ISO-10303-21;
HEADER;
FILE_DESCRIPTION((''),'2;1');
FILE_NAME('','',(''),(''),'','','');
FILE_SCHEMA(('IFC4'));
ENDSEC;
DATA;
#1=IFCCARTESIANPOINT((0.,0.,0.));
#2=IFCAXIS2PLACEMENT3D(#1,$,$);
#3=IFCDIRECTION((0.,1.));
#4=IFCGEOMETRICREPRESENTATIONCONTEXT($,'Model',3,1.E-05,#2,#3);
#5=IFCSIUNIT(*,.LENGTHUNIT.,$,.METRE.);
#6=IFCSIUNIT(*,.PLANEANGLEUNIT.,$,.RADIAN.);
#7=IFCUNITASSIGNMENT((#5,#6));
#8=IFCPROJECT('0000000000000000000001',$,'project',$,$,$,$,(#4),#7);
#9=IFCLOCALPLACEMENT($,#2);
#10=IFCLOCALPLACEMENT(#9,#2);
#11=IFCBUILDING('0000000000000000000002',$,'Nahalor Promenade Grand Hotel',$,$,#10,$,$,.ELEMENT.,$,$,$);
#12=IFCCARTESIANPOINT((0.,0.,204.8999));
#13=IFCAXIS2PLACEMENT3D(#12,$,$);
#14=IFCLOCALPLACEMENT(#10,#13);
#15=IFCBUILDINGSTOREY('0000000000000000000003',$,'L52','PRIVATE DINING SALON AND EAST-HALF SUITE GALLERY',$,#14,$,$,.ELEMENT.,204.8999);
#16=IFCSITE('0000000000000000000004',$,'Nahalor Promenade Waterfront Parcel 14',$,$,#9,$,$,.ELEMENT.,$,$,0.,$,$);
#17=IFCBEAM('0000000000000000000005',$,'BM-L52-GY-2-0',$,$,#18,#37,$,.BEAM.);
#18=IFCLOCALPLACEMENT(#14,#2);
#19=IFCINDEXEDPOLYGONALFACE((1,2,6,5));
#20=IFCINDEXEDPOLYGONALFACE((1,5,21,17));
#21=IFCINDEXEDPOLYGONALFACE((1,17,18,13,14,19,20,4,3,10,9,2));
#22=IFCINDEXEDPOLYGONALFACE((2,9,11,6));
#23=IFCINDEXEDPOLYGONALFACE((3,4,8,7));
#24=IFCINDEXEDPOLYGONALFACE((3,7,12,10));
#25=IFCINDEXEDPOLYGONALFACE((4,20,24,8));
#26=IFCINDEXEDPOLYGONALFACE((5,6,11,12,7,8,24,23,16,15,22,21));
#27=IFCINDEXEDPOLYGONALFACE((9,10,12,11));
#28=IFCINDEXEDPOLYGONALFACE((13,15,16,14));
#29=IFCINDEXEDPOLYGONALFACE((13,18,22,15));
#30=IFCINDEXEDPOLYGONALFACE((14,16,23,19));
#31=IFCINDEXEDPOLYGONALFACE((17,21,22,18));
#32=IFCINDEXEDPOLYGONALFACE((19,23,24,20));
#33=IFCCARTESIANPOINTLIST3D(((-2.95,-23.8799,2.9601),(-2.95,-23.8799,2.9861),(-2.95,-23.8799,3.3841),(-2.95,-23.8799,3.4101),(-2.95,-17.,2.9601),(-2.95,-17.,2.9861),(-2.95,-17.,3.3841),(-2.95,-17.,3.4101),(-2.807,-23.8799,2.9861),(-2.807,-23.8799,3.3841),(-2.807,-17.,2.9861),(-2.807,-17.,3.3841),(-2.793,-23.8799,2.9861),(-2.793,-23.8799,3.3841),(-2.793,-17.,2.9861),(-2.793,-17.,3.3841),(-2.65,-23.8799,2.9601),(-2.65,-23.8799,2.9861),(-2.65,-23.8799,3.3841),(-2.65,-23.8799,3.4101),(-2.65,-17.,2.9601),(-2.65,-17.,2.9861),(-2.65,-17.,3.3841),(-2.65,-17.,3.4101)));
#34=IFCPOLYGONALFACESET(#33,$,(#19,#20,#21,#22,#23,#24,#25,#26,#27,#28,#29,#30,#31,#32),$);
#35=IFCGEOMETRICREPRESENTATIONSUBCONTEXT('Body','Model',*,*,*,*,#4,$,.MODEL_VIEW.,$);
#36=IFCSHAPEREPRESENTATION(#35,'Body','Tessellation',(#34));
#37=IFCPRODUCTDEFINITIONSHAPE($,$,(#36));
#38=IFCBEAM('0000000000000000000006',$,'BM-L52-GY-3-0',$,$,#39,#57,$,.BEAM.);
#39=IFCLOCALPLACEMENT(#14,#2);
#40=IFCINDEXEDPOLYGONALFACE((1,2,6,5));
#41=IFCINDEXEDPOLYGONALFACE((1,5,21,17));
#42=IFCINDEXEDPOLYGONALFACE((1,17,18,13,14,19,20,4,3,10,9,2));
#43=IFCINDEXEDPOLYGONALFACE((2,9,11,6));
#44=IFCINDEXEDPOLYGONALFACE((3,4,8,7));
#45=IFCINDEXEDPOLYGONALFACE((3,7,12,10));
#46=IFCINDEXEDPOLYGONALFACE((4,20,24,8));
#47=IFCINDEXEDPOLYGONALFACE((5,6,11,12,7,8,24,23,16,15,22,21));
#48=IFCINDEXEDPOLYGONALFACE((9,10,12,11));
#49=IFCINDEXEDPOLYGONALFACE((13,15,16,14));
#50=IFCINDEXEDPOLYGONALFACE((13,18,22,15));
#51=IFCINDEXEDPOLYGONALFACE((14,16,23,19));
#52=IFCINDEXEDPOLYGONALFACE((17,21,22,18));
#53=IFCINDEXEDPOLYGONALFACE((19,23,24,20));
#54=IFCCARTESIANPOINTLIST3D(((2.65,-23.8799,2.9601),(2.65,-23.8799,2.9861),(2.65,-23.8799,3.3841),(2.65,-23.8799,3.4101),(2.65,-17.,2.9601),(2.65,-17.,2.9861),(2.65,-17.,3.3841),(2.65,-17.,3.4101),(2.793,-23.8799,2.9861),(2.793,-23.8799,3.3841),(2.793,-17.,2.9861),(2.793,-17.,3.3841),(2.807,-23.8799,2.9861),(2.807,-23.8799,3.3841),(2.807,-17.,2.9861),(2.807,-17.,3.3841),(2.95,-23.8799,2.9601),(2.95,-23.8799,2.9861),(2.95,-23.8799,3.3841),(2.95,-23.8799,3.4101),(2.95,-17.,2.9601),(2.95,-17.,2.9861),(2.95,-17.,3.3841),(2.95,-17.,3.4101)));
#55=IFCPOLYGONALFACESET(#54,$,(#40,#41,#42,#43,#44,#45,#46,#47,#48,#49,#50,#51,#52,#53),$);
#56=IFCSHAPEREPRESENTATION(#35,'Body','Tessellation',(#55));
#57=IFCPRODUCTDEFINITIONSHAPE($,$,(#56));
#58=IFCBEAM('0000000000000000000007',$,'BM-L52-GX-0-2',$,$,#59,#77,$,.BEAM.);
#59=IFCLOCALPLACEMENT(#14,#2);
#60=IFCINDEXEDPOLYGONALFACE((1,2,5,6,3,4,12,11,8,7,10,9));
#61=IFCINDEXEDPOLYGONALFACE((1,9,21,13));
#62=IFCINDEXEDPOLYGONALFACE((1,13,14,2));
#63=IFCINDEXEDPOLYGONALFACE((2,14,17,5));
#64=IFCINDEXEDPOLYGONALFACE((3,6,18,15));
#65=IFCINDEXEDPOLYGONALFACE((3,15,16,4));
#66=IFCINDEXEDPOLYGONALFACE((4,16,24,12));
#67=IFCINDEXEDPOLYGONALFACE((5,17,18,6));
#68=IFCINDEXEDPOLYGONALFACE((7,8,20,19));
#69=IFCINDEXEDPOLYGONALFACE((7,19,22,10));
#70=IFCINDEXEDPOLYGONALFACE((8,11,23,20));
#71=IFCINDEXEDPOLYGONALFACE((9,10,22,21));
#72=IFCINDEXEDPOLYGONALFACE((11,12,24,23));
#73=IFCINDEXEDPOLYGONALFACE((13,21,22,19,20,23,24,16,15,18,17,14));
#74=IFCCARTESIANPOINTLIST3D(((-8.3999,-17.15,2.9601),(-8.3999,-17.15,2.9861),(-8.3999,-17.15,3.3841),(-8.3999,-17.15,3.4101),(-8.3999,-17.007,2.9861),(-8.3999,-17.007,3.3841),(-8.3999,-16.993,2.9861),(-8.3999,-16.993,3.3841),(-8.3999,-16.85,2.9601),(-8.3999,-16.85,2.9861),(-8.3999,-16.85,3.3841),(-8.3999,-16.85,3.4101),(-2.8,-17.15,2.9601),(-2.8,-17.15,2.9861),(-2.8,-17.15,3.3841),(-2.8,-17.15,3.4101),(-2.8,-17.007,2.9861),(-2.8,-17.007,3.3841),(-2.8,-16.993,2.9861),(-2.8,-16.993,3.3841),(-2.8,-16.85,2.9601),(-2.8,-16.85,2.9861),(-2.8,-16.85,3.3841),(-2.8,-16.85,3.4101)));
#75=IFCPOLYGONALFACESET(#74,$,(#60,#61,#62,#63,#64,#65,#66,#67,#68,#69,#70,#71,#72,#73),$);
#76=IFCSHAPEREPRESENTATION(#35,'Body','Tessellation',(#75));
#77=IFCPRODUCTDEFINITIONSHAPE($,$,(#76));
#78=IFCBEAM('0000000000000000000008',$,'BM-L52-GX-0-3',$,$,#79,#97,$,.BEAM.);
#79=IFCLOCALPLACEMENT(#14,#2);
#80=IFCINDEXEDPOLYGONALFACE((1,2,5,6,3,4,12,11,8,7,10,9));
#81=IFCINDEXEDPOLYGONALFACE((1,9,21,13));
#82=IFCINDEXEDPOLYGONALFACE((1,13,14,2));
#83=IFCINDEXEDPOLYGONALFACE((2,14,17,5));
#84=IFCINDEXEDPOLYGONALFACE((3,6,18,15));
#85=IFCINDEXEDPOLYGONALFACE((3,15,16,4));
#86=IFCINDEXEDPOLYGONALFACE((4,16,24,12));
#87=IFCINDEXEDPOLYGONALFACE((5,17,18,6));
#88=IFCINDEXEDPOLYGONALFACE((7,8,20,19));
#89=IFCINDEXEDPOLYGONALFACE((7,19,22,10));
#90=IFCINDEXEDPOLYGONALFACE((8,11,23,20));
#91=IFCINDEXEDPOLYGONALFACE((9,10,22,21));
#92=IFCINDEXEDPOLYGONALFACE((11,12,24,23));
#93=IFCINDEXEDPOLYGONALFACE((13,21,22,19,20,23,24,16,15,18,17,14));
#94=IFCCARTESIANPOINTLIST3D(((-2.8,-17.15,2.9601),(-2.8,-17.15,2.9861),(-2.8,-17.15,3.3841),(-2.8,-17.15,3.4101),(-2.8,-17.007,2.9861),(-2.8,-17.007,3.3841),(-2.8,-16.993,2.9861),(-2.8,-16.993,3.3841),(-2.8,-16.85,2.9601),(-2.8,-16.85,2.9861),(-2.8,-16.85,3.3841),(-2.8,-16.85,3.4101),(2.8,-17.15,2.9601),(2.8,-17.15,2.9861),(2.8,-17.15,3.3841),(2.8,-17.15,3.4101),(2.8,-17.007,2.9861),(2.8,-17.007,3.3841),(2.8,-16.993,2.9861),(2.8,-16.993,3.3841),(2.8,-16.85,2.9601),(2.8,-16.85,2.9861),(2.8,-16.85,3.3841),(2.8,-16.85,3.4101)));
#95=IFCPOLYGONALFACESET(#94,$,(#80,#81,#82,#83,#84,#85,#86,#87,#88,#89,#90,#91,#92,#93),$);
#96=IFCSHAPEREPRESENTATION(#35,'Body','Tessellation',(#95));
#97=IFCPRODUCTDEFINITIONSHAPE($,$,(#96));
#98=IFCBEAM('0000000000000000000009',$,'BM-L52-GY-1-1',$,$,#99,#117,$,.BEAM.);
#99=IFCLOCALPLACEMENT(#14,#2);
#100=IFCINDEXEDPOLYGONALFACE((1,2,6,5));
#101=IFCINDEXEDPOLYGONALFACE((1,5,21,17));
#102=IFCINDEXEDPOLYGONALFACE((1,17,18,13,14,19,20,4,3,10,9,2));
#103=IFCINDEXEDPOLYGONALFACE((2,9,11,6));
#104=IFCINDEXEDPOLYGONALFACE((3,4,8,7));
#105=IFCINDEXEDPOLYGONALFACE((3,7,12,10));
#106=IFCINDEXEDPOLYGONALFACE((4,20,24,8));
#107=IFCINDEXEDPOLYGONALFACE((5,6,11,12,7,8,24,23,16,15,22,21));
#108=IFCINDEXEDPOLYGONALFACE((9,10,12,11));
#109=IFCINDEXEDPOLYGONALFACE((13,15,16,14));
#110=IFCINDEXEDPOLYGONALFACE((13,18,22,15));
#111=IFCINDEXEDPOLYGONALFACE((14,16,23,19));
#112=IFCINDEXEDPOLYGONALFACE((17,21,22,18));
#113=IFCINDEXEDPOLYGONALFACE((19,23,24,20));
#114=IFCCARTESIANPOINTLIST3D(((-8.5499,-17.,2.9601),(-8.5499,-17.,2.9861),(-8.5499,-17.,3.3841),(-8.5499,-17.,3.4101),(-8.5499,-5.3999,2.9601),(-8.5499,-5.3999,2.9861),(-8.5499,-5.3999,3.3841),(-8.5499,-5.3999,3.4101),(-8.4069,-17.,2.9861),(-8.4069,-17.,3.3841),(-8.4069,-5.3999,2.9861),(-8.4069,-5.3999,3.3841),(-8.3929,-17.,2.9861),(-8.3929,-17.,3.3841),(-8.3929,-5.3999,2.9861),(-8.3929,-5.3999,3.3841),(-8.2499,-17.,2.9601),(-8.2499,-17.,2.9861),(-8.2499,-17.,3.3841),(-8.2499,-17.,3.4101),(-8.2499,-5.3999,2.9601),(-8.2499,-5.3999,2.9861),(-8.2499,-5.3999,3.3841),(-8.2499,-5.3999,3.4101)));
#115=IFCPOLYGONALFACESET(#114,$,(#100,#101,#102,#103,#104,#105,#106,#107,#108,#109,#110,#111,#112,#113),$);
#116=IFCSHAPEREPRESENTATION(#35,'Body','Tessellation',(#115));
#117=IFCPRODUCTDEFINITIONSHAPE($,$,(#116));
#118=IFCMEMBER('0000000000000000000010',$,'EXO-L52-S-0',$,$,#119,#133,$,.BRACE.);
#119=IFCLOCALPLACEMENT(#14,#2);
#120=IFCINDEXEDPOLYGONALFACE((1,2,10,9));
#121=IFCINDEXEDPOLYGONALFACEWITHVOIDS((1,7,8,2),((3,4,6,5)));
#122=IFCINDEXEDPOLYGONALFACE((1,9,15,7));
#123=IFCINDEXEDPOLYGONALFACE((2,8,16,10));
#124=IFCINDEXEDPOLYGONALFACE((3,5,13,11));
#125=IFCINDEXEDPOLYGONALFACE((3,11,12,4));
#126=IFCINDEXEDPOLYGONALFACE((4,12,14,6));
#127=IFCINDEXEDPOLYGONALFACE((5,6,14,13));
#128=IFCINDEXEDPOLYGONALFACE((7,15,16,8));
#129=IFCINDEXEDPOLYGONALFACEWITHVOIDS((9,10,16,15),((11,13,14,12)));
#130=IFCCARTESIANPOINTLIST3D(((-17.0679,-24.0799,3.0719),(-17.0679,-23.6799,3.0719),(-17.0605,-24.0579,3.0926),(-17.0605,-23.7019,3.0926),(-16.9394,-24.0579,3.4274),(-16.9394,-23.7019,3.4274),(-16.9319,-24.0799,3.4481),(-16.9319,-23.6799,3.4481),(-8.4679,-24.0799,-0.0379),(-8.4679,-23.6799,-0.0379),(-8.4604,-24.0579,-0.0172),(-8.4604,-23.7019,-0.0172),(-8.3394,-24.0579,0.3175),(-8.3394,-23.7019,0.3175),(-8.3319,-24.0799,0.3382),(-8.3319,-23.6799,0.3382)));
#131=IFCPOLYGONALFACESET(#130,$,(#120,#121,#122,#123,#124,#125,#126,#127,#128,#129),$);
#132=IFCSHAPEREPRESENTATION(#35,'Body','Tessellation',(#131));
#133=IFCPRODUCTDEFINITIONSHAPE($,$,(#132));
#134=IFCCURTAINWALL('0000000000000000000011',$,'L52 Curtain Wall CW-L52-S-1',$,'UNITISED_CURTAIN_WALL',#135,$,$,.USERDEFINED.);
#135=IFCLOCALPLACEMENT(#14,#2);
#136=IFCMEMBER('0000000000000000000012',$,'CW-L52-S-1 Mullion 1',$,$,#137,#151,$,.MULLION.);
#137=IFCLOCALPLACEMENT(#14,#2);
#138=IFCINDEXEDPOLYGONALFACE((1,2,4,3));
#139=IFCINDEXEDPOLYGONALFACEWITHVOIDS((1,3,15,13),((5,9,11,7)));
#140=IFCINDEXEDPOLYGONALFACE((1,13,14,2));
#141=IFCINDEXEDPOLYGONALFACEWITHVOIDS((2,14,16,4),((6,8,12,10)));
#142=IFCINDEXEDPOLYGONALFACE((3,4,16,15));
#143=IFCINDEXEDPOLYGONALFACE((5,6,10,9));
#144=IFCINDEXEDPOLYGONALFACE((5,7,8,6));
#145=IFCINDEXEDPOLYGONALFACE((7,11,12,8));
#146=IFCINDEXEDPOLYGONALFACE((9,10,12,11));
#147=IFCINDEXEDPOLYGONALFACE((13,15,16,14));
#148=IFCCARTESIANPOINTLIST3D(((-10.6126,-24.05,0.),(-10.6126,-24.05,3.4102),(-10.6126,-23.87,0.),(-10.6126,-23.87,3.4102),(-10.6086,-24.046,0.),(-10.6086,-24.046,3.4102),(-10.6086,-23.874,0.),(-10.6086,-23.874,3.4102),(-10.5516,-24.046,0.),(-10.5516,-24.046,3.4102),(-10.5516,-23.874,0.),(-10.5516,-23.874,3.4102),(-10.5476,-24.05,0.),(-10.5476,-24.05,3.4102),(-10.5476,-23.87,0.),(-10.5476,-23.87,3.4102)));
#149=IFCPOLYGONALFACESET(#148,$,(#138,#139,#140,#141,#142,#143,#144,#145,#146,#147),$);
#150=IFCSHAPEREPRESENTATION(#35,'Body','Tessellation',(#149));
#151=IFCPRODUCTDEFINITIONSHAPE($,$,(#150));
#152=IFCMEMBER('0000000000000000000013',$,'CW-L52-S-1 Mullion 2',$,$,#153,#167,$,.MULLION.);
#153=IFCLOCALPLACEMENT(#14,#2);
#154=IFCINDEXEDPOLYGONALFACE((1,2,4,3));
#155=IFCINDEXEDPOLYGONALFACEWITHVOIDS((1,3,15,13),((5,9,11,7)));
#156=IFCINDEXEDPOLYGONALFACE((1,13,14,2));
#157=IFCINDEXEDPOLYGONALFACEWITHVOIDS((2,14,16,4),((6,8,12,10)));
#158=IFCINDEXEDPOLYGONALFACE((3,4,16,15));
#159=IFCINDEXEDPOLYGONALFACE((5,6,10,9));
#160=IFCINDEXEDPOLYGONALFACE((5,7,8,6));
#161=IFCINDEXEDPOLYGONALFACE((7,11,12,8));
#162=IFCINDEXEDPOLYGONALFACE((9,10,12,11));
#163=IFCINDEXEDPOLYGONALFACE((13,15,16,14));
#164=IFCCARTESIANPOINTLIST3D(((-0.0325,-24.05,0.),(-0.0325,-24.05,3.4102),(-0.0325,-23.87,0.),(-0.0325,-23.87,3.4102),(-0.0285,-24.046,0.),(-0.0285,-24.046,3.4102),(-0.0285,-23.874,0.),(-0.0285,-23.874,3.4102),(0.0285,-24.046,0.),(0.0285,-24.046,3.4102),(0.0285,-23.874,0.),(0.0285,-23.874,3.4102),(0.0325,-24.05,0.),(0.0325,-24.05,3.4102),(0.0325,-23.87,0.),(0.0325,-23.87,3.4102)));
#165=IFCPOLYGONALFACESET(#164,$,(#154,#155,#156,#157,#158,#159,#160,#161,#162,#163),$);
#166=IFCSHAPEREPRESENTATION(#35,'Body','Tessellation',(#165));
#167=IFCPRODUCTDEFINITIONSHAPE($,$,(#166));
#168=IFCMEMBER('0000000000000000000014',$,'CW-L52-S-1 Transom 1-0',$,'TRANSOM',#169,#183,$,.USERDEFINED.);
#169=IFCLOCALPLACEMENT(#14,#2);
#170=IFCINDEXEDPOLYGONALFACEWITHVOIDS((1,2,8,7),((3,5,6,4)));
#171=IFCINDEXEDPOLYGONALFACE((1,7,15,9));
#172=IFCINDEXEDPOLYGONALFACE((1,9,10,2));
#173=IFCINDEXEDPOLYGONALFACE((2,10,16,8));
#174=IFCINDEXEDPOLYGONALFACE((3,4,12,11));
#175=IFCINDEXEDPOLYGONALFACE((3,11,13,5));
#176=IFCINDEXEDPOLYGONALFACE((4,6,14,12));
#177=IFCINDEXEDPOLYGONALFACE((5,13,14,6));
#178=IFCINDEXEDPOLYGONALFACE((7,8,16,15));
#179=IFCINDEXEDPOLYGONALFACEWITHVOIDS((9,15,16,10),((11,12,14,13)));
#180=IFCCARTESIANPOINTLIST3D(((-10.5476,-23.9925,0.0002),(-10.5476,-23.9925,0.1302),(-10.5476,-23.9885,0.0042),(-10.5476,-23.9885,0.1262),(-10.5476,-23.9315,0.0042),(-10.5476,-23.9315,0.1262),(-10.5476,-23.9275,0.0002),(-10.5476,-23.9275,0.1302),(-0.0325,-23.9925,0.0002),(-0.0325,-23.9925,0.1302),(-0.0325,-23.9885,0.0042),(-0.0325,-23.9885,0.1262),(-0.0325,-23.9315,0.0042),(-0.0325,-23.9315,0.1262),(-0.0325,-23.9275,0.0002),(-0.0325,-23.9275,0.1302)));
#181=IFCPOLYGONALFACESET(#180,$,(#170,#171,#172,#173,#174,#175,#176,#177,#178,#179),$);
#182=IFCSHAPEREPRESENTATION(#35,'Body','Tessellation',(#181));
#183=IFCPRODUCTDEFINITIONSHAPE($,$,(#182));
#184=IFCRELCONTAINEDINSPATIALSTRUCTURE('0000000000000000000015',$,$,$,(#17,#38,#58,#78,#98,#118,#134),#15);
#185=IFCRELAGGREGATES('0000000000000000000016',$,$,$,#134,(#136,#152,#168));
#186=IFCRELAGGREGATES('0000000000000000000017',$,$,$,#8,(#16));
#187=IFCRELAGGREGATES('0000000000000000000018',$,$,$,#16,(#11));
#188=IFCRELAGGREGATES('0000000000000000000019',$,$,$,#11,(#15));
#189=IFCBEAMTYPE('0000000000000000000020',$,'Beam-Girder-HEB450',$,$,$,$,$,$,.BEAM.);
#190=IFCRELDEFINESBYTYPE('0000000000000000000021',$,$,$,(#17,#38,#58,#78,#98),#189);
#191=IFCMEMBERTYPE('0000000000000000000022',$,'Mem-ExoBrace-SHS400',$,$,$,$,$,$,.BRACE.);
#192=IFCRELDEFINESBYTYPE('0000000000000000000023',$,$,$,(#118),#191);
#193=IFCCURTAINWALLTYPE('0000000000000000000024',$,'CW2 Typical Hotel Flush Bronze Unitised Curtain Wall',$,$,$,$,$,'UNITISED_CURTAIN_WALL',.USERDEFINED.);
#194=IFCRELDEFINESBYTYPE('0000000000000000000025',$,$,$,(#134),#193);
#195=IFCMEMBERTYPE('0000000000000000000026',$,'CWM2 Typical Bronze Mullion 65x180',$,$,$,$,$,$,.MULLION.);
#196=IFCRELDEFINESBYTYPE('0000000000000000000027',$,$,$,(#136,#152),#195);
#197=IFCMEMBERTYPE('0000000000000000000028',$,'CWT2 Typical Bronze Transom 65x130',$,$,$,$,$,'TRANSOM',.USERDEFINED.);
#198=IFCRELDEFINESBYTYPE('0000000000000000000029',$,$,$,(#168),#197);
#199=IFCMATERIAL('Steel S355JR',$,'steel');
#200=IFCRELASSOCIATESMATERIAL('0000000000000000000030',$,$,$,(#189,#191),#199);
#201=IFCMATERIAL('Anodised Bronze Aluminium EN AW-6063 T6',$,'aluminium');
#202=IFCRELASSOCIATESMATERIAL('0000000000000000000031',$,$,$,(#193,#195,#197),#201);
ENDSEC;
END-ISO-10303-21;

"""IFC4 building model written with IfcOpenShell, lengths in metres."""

from ifc_helpers import new_model, si_unit, direction, frame, origin, origin_2d, place, context, subcontext, project, spatial, hollow_rectangle, i_section, extrude, source, transform, mapped, material, material_profile, profile_set, type_object, element, aggregate, save


model = new_model("IFC4")

# Units and contexts
model_context = context("Model", 3, precision=1e-05, world=origin(), true_north=direction((0.0, 1.0)))
body_context = subcontext(model_context, "Body", "Model", "MODEL_VIEW")
ifc_project = project(units=[si_unit("LENGTHUNIT", "METRE"), si_unit("PLANEANGLEUNIT", "RADIAN")], contexts=[model_context])

# Site, building, storey
site_placement = place(None, origin())
site = spatial("IfcSite", under=ifc_project, at=site_placement, Name="Nahalor Promenade Waterfront Parcel 14", CompositionType="ELEMENT", RefElevation=0.0)
building_placement = place(site_placement, origin())
building = spatial("IfcBuilding", under=site, at=building_placement, Name="Nahalor Promenade Grand Hotel", CompositionType="ELEMENT")
storey_placement = place(building_placement, frame((0.0, 0.0, 204.8999)))
storey = spatial("IfcBuildingStorey", under=building, at=storey_placement, Name="L52", Description="PRIVATE DINING SALON AND EAST-HALF SUITE GALLERY", CompositionType="ELEMENT", Elevation=204.8999)

# Shared definitions
ifc_material_1 = material(Name="Steel S355JR", Category="steel")

# Beams
ifc_material_profile_1 = material_profile(ifc_material_1, i_section(OverallWidth=0.3, OverallDepth=0.45, WebThickness=0.014, FlangeThickness=0.026, at=origin_2d()), Name="HEB 450")
ifc_profile_set_1 = profile_set([ifc_material_profile_1], Name="Steel S355JR")
beam_type_1 = type_object("IfcBeamType", Name="Beam-Girder-HEB450", PredefinedType="BEAM", material=ifc_profile_set_1)
shared_shape_1 = source(origin(), body_context, "Body", "SweptSolid", [
    extrude(i_section(OverallWidth=0.3, OverallDepth=0.45, WebThickness=0.014, FlangeThickness=0.026, at=origin_2d()), origin(), (0.0, 0.0, 1.0), 6.8799),
])
for number, where, z_axis, x_axis, name in (
    (1, (-2.8, -23.8799, 3.1851), (0.0, 1.0, 0.0), (-1.0, 0.0, 0.0), "BM-L52-GY-2-0"),
    (2, (2.8, -23.8799, 3.1851), (0.0, 1.0, 0.0), (-1.0, 0.0, 0.0), "BM-L52-GY-3-0"),
):
    element("IfcBeam", number, at=place(storey_placement, frame(where, z_axis=z_axis, x_axis=x_axis)), inside=storey, type_object=beam_type_1, Name=name, PredefinedType="BEAM", context=body_context, shape_type="MappedRepresentation", body=[
        mapped(shared_shape_1, transform((0.0, 0.0, 0.0), scale=1.0)),
    ])
shared_shape_2 = source(origin(), body_context, "Body", "SweptSolid", [
    extrude(i_section(OverallWidth=0.3, OverallDepth=0.45, WebThickness=0.014, FlangeThickness=0.026, at=origin_2d()), origin(), (0.0, 0.0, 1.0), 5.5999),
])
beam_1_placement = place(storey_placement, frame((-8.3999, -17.0, 3.1851), z_axis=(1.0, 0.0, 0.0), x_axis=(0.0, 1.0, 0.0)))
element("IfcBeam", 3, at=beam_1_placement, inside=storey, type_object=beam_type_1, Name="BM-L52-GX-0-2", PredefinedType="BEAM", context=body_context, shape_type="MappedRepresentation", body=[
    mapped(shared_shape_2, transform((0.0, 0.0, 0.0), scale=1.0)),
])
shared_shape_3 = source(origin(), body_context, "Body", "SweptSolid", [
    extrude(i_section(OverallWidth=0.3, OverallDepth=0.45, WebThickness=0.014, FlangeThickness=0.026, at=origin_2d()), origin(), (0.0, 0.0, 1.0), 5.6001),
])
beam_2_placement = place(storey_placement, frame((-2.8, -17.0, 3.1851), z_axis=(1.0, 0.0, 0.0), x_axis=(0.0, 1.0, 0.0)))
element("IfcBeam", 4, at=beam_2_placement, inside=storey, type_object=beam_type_1, Name="BM-L52-GX-0-3", PredefinedType="BEAM", context=body_context, shape_type="MappedRepresentation", body=[
    mapped(shared_shape_3, transform((0.0, 0.0, 0.0), scale=1.0)),
])
shared_shape_4 = source(origin(), body_context, "Body", "SweptSolid", [
    extrude(i_section(OverallWidth=0.3, OverallDepth=0.45, WebThickness=0.014, FlangeThickness=0.026, at=origin_2d()), origin(), (0.0, 0.0, 1.0), 11.6001),
])
beam_3_placement = place(storey_placement, frame((-8.3999, -17.0, 3.1851), z_axis=(0.0, 1.0, 0.0), x_axis=(-1.0, 0.0, 0.0)))
element("IfcBeam", 5, at=beam_3_placement, inside=storey, type_object=beam_type_1, Name="BM-L52-GY-1-1", PredefinedType="BEAM", context=body_context, shape_type="MappedRepresentation", body=[
    mapped(shared_shape_4, transform((0.0, 0.0, 0.0), scale=1.0)),
])

# Member
ifc_material_profile_2 = material_profile(ifc_material_1, hollow_rectangle(XDim=0.4, YDim=0.4, WallThickness=0.022, at=origin_2d()), Name="SHS 400x400x22")
ifc_profile_set_2 = profile_set([ifc_material_profile_2], Name="Steel S355JR")
member_type_1 = type_object("IfcMemberType", Name="Mem-ExoBrace-SHS400", PredefinedType="BRACE", material=ifc_profile_set_2)
shared_shape_5 = source(origin(), body_context, "Body", "SweptSolid", [
    extrude(hollow_rectangle(XDim=0.4, YDim=0.4, WallThickness=0.022, at=origin_2d()), origin(), (0.0, 0.0, 1.0), 9.145),
])
member_1_placement = place(storey_placement, frame((-8.3999, -23.8799, 0.1501), z_axis=(-0.940405, 0.0, 0.340058), x_axis=(0.0, -1.0, 0.0)))
element("IfcMember", 6, at=member_1_placement, inside=storey, type_object=member_type_1, Name="EXO-L52-S-0", PredefinedType="BRACE", context=body_context, shape_type="MappedRepresentation", body=[
    mapped(shared_shape_5, transform((0.0, 0.0, 0.0), scale=1.0)),
])

# Curtain wall, members
ifc_material_2 = material(Name="Anodised Bronze Aluminium EN AW-6063 T6", Category="aluminium")
curtain_wall_type = type_object("IfcCurtainWallType", Name="CW2 Typical Hotel Flush Bronze Unitised Curtain Wall", ElementType="UNITISED_CURTAIN_WALL", PredefinedType="USERDEFINED", material=ifc_material_2)
curtain_wall_placement = place(storey_placement, origin())
curtain_wall = element("IfcCurtainWall", 7, at=curtain_wall_placement, inside=storey, type_object=curtain_wall_type, Name="L52 Curtain Wall CW-L52-S-1", ObjectType="UNITISED_CURTAIN_WALL", PredefinedType="USERDEFINED")
ifc_material_profile_3 = material_profile(ifc_material_2, hollow_rectangle(XDim=0.065, YDim=0.18, WallThickness=0.004, at=origin_2d()), Name="CWM 65x180x4")
ifc_profile_set_3 = profile_set([ifc_material_profile_3], Name="Anodised Bronze Aluminium EN AW-6063 T6")
member_type_2 = type_object("IfcMemberType", Name="CWM2 Typical Bronze Mullion 65x180", PredefinedType="MULLION", material=ifc_profile_set_3)
shared_shape_6 = source(origin(), body_context, "Body", "SweptSolid", [
    extrude(hollow_rectangle(XDim=0.065, YDim=0.18, WallThickness=0.004, at=origin_2d()), origin(), (0.0, 0.0, 1.0), 3.4102),
])
member_2_placement = place(storey_placement, frame((-10.5801, -23.96, 0.0), z_axis=(0.0, 0.0, 1.0), x_axis=(1.0, 0.0, 0.0)))
member_2 = element("IfcMember", 8, at=member_2_placement, type_object=member_type_2, Name="CW-L52-S-1 Mullion 1", PredefinedType="MULLION", context=body_context, shape_type="MappedRepresentation", body=[
    mapped(shared_shape_6, transform((0.0, 0.0, 0.0), scale=1.0)),
])
member_3_placement = place(storey_placement, frame((0.0, -23.96, 0.0), z_axis=(0.0, 0.0, 1.0), x_axis=(1.0, 0.0, 0.0)))
member_3 = element("IfcMember", 9, at=member_3_placement, type_object=member_type_2, Name="CW-L52-S-1 Mullion 2", PredefinedType="MULLION", context=body_context, shape_type="MappedRepresentation", body=[
    mapped(shared_shape_6, transform((0.0, 0.0, 0.0), scale=1.0)),
])
ifc_material_profile_4 = material_profile(ifc_material_2, hollow_rectangle(XDim=0.065, YDim=0.13, WallThickness=0.004, at=origin_2d()), Name="CWT 65x130x4")
ifc_profile_set_4 = profile_set([ifc_material_profile_4], Name="Anodised Bronze Aluminium EN AW-6063 T6")
member_type_3 = type_object("IfcMemberType", Name="CWT2 Typical Bronze Transom 65x130", ElementType="TRANSOM", PredefinedType="USERDEFINED", material=ifc_profile_set_4)
shared_shape_7 = source(origin(), body_context, "Body", "SweptSolid", [
    extrude(hollow_rectangle(XDim=0.065, YDim=0.13, WallThickness=0.004, at=origin_2d()), origin(), (0.0, 0.0, 1.0), 10.5151),
])
member_4_placement = place(storey_placement, frame((-10.5476, -23.96, 0.0652), z_axis=(1.0, 0.0, 0.0), x_axis=(0.0, 1.0, 0.0)))
member_4 = element("IfcMember", 10, at=member_4_placement, type_object=member_type_3, Name="CW-L52-S-1 Transom 1-0", ObjectType="TRANSOM", PredefinedType="USERDEFINED", context=body_context, shape_type="MappedRepresentation", body=[
    mapped(shared_shape_7, transform((0.0, 0.0, 0.0), scale=1.0)),
])
aggregate(curtain_wall, [member_2, member_3, member_4])

save(model, "model.ifc")
